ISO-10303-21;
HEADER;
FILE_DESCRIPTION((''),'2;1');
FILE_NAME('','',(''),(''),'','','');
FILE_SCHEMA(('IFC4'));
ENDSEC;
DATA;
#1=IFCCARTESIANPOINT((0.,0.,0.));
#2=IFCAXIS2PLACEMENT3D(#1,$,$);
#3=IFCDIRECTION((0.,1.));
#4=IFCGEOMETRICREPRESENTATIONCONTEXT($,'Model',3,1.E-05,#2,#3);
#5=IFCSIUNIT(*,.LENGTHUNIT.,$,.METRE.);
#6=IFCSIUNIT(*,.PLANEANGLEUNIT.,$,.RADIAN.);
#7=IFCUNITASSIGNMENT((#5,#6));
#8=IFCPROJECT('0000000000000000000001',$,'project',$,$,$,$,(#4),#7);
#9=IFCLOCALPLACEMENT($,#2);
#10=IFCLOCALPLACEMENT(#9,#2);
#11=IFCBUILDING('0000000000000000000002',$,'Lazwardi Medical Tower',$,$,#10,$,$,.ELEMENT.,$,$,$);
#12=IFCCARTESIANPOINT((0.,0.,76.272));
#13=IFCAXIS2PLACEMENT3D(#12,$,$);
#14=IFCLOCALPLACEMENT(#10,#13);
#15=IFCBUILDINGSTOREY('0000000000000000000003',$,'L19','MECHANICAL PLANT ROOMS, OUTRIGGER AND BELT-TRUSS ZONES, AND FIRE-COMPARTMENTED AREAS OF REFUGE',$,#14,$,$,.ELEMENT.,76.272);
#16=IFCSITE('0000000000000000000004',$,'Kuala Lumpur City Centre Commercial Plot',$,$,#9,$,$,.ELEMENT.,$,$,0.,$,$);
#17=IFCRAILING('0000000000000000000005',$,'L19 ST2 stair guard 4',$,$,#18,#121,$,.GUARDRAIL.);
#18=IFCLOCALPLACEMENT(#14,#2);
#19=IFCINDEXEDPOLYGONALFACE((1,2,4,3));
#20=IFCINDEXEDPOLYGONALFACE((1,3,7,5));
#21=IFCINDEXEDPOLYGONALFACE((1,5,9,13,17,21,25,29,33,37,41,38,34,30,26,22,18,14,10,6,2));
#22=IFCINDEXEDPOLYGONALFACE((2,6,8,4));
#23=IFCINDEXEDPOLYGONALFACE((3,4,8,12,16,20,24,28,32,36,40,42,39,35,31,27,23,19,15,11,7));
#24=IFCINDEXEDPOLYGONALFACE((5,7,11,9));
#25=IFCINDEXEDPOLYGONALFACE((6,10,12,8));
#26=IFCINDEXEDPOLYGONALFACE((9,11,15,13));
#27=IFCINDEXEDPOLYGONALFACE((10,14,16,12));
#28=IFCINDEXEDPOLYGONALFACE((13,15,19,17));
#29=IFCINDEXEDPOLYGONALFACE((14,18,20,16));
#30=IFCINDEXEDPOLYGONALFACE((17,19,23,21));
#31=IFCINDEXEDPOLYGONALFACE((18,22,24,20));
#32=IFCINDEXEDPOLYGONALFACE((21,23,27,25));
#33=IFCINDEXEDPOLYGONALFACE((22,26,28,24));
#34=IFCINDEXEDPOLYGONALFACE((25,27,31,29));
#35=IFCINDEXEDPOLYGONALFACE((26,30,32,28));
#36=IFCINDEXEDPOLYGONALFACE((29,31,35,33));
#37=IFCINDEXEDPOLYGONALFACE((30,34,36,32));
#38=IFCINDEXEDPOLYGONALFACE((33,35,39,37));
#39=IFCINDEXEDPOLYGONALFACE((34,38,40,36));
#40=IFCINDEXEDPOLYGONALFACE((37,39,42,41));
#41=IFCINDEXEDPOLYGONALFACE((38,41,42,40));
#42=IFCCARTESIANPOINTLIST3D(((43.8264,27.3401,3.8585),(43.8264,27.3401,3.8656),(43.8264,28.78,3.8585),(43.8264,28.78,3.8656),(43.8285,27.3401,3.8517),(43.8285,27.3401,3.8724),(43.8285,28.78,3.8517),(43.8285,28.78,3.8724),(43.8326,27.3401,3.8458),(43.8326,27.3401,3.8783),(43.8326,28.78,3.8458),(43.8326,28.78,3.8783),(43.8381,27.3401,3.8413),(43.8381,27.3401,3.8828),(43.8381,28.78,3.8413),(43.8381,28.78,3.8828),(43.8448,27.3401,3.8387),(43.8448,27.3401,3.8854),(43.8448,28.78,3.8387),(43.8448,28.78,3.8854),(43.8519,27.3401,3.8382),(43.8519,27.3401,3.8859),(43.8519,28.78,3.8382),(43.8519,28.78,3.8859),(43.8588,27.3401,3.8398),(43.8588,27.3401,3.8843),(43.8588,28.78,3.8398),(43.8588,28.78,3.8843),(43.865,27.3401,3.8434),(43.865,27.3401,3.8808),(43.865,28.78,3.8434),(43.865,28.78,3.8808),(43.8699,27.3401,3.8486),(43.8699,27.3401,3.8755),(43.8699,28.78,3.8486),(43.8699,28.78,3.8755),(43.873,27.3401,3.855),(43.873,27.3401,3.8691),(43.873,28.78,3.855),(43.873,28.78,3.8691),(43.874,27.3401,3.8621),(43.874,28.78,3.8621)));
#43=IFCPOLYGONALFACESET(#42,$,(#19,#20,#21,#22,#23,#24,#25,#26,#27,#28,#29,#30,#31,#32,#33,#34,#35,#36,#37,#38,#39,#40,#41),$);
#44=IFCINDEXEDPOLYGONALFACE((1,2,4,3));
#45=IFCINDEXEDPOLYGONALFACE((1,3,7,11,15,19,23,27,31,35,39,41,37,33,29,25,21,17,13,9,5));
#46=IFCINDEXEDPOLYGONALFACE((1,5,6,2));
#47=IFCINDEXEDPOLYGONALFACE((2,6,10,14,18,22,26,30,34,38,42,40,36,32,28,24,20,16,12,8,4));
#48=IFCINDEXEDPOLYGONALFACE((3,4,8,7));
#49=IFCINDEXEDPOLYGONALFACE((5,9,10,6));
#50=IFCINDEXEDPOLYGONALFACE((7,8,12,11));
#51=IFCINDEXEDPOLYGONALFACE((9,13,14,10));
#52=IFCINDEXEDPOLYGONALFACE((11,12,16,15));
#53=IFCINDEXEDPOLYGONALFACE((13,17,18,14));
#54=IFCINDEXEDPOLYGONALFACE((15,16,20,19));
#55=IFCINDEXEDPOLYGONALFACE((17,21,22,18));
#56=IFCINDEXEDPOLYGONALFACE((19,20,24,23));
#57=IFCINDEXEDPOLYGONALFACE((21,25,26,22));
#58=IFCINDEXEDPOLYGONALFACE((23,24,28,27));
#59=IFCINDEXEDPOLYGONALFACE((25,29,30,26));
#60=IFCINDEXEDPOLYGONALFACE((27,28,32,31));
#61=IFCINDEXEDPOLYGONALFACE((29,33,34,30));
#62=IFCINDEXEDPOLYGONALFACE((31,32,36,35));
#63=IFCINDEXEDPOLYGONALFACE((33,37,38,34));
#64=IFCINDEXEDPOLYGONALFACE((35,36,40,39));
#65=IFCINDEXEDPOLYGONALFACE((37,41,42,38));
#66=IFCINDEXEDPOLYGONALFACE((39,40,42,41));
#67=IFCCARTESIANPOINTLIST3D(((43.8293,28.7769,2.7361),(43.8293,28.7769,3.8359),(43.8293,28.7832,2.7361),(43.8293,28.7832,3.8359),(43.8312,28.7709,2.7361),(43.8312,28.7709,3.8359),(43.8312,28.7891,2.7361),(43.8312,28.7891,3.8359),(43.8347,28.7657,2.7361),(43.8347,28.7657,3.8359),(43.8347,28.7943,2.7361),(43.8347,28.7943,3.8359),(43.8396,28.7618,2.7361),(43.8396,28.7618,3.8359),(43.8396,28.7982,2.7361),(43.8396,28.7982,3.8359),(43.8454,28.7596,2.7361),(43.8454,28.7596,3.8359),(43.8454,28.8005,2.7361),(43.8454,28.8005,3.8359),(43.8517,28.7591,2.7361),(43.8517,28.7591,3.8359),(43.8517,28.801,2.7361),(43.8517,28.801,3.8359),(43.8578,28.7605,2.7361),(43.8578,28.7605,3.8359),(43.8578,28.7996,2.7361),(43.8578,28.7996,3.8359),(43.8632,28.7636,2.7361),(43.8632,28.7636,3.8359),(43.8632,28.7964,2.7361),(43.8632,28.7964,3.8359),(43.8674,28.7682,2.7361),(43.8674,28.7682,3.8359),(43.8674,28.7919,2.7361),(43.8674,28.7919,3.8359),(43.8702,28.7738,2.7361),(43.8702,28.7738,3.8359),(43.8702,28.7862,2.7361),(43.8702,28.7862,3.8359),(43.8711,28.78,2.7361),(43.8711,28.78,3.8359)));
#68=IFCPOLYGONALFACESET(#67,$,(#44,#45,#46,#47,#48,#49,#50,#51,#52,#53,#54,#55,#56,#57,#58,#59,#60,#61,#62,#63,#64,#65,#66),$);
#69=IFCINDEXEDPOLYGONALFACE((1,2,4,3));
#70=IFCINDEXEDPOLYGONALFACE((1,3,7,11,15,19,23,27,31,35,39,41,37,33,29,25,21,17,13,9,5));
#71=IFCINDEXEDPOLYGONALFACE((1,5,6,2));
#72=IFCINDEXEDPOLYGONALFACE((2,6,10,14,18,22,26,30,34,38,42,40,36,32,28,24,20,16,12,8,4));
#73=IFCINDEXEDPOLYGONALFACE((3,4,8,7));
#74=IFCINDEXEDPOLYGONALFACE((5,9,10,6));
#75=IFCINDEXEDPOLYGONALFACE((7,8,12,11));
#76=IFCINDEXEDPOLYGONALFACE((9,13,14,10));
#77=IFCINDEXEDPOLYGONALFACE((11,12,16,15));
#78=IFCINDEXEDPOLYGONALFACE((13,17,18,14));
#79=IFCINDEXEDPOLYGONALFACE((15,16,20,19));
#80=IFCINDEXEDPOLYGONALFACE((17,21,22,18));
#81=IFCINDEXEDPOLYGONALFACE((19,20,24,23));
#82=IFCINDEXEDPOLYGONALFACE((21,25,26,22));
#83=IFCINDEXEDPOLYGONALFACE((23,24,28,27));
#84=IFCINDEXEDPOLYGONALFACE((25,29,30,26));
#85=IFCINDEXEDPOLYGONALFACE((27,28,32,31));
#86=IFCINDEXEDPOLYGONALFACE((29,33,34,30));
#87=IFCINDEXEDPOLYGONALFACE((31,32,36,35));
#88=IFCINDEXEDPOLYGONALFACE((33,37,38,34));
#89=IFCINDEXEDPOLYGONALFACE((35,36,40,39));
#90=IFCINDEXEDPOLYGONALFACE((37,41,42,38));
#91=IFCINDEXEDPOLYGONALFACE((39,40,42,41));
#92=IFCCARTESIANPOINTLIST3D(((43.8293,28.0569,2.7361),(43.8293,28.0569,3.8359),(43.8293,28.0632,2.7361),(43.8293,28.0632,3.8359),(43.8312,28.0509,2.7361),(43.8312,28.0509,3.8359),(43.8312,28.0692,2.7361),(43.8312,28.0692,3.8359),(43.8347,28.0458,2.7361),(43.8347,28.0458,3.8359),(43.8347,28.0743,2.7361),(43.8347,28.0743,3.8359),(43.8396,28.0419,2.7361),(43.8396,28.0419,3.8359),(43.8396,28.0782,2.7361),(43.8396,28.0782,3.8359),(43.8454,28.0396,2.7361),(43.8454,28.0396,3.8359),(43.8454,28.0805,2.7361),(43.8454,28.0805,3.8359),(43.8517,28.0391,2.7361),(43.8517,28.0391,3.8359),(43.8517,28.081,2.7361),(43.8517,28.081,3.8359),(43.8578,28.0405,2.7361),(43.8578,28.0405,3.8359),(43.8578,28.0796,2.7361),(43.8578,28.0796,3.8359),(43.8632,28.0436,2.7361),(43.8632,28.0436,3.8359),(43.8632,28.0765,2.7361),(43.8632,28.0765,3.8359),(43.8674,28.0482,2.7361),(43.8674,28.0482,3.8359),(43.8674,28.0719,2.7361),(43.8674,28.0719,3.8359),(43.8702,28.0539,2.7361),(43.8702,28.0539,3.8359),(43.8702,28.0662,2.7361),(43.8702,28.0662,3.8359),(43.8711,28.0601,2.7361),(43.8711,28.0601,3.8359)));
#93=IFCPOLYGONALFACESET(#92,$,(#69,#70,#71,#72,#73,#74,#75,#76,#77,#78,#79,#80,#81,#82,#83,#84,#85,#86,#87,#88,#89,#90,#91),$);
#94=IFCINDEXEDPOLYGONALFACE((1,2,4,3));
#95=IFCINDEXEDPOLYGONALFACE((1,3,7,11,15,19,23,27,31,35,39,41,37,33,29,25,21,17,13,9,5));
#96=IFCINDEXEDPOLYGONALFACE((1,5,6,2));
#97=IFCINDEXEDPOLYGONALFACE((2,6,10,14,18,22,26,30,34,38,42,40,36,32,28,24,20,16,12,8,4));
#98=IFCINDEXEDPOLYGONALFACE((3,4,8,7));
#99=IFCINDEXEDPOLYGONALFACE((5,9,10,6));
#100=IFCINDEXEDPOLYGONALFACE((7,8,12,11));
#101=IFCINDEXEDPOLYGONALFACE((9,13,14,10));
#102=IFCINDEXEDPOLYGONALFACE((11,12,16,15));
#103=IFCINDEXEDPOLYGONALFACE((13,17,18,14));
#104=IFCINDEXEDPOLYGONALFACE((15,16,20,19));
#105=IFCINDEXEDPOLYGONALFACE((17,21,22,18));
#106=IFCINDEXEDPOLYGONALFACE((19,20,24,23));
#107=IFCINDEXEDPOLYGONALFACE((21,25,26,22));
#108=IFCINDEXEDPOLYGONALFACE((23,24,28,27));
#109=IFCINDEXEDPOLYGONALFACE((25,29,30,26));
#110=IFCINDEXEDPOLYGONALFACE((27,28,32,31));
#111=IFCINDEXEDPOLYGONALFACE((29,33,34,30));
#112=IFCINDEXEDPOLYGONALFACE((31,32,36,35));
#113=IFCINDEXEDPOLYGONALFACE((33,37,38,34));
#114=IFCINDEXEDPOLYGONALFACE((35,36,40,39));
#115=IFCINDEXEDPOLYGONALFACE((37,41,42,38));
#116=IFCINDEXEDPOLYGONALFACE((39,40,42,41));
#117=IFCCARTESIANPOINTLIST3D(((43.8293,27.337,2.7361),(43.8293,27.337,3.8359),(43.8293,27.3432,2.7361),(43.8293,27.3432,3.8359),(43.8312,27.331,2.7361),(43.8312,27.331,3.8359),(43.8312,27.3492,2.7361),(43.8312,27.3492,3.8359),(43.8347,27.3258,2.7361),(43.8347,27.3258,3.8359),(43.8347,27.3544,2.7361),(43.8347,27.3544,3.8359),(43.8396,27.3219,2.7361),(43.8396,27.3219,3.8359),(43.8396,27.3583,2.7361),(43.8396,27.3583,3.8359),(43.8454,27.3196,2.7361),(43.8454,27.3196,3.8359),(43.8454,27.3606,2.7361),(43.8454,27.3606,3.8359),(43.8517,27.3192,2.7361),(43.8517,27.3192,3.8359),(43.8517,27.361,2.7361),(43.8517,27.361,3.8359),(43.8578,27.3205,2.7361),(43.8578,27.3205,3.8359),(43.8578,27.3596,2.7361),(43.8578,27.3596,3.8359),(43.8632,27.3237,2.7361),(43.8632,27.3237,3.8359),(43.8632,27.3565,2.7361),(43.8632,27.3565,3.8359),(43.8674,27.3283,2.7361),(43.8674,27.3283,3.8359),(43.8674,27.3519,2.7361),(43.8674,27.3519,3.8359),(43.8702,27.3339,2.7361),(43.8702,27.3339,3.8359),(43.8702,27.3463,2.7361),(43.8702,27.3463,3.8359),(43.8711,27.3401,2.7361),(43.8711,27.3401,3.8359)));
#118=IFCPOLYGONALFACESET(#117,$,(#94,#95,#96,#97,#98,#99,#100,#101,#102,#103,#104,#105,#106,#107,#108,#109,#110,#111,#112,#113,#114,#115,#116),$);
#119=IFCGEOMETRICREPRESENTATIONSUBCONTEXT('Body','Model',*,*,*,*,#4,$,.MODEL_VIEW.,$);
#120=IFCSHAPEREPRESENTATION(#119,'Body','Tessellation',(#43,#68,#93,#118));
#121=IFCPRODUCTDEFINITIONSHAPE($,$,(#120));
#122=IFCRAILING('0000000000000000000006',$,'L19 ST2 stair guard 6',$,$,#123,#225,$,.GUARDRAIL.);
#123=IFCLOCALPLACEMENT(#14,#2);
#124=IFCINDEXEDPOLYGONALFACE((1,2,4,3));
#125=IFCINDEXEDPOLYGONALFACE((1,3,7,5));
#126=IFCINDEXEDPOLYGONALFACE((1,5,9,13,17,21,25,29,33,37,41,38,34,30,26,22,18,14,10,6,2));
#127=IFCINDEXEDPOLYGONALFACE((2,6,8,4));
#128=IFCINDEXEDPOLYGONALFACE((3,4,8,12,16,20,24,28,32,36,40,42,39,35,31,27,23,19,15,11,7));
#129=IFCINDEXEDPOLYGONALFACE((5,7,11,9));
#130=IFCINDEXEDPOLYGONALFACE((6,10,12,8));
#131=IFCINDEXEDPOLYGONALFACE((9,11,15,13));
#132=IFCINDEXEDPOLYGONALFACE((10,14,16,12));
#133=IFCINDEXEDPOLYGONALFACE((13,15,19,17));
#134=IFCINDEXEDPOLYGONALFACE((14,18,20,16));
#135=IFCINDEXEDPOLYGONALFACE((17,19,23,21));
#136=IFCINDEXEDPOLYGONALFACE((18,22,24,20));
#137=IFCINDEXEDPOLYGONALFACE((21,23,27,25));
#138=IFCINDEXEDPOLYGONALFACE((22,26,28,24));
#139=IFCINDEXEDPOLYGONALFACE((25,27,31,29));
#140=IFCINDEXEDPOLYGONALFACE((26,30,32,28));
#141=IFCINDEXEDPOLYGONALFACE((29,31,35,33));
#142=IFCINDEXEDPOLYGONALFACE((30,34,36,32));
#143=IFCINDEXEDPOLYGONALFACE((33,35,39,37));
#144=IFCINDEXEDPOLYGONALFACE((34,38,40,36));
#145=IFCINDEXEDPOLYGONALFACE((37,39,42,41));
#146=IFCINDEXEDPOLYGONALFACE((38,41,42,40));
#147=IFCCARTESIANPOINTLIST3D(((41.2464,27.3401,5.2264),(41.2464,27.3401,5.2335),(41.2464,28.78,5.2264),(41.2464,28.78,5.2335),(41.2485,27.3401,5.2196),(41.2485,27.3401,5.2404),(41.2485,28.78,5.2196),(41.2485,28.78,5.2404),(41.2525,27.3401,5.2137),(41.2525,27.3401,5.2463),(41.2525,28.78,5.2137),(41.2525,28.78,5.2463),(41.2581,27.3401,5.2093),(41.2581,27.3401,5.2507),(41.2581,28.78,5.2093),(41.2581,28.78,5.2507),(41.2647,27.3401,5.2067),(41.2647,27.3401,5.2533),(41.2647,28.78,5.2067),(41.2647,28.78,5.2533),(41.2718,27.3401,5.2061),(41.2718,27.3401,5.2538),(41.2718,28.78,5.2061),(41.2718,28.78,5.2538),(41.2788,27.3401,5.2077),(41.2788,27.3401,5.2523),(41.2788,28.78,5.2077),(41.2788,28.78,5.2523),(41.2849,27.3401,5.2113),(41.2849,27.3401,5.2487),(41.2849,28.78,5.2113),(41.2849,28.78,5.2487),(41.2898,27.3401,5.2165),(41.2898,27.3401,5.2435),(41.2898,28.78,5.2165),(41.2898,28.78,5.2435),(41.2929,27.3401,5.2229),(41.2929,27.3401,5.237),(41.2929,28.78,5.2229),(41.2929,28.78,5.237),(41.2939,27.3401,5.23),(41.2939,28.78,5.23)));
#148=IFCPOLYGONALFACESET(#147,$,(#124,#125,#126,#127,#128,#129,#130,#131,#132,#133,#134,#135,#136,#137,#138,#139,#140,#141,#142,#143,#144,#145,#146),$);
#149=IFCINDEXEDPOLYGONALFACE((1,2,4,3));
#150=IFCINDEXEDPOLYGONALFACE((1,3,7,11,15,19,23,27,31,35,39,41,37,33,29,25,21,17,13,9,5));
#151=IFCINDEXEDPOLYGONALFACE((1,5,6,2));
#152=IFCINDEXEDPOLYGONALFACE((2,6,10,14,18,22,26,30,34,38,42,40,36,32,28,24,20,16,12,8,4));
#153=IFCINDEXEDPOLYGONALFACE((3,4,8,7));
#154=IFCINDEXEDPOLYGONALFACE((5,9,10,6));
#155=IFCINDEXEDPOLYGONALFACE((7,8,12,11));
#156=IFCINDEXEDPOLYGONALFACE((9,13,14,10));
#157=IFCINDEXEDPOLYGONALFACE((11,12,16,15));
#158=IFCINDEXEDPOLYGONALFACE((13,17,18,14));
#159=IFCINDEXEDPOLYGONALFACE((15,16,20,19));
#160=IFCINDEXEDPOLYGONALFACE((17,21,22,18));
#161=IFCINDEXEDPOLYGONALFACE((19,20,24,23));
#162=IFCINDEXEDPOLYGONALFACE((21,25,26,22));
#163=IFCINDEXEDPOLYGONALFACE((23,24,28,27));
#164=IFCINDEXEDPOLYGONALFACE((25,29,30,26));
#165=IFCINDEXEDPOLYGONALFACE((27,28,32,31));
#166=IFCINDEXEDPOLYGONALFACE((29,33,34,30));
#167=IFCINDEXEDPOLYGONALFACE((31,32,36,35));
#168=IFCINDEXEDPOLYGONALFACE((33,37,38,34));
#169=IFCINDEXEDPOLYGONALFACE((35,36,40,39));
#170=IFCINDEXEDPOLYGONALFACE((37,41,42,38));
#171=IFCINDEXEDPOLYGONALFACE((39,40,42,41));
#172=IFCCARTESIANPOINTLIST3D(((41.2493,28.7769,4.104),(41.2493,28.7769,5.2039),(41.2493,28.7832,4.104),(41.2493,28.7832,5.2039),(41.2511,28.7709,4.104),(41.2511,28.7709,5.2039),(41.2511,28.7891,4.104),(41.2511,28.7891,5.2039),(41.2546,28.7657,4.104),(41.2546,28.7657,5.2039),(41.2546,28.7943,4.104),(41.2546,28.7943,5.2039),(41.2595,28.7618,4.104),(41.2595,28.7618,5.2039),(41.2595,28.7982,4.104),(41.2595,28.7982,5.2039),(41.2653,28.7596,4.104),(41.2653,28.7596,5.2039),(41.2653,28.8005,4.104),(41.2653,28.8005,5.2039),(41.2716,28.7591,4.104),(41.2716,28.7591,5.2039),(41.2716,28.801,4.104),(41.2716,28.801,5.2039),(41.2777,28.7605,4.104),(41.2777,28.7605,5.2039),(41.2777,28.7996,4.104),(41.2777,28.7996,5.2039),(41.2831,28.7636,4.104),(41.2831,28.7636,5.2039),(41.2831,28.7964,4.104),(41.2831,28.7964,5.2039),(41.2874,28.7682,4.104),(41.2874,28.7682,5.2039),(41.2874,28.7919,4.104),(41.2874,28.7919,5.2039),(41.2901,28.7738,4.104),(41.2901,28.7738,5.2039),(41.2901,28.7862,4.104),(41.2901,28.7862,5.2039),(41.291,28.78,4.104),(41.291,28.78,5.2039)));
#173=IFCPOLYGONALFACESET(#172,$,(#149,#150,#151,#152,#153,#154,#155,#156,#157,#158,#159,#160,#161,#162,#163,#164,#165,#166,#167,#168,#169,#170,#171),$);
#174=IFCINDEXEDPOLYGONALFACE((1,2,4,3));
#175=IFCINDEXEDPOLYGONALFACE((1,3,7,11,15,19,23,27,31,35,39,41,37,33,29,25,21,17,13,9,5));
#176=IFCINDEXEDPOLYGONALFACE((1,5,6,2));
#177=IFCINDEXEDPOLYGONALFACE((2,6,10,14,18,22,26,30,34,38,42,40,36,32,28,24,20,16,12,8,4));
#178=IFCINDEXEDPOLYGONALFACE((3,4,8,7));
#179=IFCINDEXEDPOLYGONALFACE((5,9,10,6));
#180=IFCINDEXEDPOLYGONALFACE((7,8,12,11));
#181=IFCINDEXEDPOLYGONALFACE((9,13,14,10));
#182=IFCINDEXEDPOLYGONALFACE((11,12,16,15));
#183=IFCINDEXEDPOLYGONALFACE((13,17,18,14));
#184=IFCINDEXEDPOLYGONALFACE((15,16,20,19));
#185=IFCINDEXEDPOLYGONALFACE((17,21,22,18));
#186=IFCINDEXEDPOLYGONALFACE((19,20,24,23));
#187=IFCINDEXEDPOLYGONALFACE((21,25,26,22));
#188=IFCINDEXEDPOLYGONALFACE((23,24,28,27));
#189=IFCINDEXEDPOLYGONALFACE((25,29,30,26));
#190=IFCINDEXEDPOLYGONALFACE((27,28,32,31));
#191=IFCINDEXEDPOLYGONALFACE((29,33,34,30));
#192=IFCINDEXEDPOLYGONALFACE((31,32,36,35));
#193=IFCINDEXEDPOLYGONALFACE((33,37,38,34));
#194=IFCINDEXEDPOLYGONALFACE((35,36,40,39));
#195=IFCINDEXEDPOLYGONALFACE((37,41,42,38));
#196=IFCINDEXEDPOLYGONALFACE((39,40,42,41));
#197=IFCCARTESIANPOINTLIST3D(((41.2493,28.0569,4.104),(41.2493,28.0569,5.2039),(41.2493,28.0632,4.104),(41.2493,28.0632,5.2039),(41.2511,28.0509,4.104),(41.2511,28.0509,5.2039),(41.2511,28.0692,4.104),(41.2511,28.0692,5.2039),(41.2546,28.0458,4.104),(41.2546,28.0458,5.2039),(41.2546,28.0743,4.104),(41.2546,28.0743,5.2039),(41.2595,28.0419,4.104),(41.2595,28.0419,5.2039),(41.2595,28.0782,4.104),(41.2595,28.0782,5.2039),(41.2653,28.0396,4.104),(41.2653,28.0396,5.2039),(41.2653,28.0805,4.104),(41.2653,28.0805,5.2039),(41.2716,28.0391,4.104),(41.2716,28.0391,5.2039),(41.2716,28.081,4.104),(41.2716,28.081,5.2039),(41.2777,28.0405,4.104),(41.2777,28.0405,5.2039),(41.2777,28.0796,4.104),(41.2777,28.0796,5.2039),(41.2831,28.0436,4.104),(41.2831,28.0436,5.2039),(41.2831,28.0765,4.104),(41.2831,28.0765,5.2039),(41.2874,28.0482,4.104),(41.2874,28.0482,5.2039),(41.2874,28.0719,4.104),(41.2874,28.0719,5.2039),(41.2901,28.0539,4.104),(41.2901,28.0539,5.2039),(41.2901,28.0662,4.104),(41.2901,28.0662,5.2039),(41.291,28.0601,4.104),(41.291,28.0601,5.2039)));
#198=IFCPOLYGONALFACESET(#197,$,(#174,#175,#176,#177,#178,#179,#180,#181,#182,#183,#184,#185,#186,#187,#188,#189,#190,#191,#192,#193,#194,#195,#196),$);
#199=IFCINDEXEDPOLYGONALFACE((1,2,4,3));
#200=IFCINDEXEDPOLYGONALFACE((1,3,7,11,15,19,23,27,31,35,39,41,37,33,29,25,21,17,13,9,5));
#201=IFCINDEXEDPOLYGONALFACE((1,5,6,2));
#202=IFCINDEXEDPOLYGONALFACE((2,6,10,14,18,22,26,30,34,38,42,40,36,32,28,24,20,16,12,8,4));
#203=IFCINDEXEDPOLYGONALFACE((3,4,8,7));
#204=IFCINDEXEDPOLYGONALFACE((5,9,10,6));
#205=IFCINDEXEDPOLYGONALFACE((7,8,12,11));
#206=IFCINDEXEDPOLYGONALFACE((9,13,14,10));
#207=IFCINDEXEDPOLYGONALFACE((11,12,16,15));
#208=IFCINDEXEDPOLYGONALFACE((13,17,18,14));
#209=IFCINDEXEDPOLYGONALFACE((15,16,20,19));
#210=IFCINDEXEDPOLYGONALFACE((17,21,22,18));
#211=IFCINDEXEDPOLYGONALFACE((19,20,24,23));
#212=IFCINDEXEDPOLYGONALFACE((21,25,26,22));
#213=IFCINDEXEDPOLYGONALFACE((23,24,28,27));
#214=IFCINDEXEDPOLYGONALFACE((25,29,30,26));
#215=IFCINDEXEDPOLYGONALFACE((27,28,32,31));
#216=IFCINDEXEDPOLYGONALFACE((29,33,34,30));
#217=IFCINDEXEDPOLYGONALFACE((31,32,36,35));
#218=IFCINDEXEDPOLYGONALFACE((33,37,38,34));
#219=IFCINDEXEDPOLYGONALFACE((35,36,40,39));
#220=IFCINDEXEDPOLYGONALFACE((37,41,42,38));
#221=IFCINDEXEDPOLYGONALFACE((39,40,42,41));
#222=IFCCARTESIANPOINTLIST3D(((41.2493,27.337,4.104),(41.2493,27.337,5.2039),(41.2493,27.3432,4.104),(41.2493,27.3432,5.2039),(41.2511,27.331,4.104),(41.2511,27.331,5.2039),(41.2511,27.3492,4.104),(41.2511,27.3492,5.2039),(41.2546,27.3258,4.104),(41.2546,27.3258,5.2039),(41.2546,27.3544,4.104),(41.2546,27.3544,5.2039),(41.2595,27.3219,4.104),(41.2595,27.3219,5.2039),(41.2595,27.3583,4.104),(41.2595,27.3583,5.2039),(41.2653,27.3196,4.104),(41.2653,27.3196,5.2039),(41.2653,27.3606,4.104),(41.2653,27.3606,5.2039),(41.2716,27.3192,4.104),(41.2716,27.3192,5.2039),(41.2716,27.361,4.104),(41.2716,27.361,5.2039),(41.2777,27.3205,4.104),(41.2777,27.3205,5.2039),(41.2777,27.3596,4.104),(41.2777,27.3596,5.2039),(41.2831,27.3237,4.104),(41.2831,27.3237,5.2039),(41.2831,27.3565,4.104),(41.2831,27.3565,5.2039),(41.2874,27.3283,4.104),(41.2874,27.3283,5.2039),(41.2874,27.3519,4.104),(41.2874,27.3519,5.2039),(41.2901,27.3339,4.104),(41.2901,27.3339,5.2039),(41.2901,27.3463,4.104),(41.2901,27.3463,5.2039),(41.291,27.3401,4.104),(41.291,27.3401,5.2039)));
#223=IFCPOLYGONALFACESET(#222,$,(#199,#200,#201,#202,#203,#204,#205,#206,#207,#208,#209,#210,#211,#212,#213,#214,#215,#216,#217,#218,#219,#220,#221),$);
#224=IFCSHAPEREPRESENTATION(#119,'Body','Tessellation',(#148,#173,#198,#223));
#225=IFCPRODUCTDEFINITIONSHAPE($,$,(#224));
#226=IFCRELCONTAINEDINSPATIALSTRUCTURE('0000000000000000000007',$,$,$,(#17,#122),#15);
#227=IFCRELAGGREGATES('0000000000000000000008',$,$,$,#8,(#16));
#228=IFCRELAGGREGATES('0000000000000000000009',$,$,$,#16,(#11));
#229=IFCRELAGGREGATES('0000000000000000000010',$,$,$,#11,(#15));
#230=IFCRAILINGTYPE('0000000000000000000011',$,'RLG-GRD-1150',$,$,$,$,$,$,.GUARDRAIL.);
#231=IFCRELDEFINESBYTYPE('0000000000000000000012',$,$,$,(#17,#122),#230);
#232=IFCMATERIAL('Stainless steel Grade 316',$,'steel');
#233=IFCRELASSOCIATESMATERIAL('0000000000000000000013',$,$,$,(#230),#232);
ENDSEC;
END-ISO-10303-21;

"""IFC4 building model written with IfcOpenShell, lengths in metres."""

from ifc_helpers import new_model, si_unit, direction, frame, origin, origin_2d, place, context, subcontext, project, spatial, circle, extrude, material, type_object, element, save


model = new_model("IFC4")

# Units and contexts
model_context = context("Model", 3, precision=1e-05, world=origin(), true_north=direction((0.0, 1.0)))
body_context = subcontext(model_context, "Body", "Model", "MODEL_VIEW")
ifc_project = project(units=[si_unit("LENGTHUNIT", "METRE"), si_unit("PLANEANGLEUNIT", "RADIAN")], contexts=[model_context])

# Site, building, storey
site_placement = place(None, origin())
site = spatial("IfcSite", under=ifc_project, at=site_placement, Name="Kuala Lumpur City Centre Commercial Plot", CompositionType="ELEMENT", RefElevation=0.0)
building_placement = place(site_placement, origin())
building = spatial("IfcBuilding", under=site, at=building_placement, Name="Lazwardi Medical Tower", CompositionType="ELEMENT")
storey_placement = place(building_placement, frame((0.0, 0.0, 76.272)))
storey = spatial("IfcBuildingStorey", under=building, at=storey_placement, Name="L19", Description="MECHANICAL PLANT ROOMS, OUTRIGGER AND BELT-TRUSS ZONES, AND FIRE-COMPARTMENTED AREAS OF REFUGE", CompositionType="ELEMENT", Elevation=76.272)

# Railings
ifc_material_1 = material(Name="Stainless steel Grade 316", Category="steel")
railing_type_1 = type_object("IfcRailingType", Name="RLG-GRD-1150", PredefinedType="GUARDRAIL", material=ifc_material_1)
for number, where, name in (
    (1, (43.8501, 28.78, 2.7361), "L19 ST2 stair guard 4"),
    (2, (41.27, 28.78, 4.104), "L19 ST2 stair guard 6"),
):
    element("IfcRailing", number, at=place(storey_placement, frame(where)), inside=storey, type_object=railing_type_1, Name=name, PredefinedType="GUARDRAIL", context=body_context, shape_type="SweptSolid", body=[
        extrude(circle(Radius=0.0239, at=origin_2d()), frame((0.0, 0.0, 1.126), z_axis=(0.0, -1.0, 0.0), x_axis=(1.0, 0.0, 0.0)), (0.0, 0.0, 1.0), 1.4399),
        extrude(circle(Radius=0.021, at=origin_2d()), origin(), (0.0, 0.0, 1.0), 1.0999),
        extrude(circle(Radius=0.021, at=origin_2d()), frame((0.0, -0.72, 0.0)), (0.0, 0.0, 1.0), 1.0999),
        extrude(circle(Radius=0.021, at=origin_2d()), frame((0.0, -1.4399, 0.0)), (0.0, 0.0, 1.0), 1.0999),
    ])

save(model, "model.ifc")
